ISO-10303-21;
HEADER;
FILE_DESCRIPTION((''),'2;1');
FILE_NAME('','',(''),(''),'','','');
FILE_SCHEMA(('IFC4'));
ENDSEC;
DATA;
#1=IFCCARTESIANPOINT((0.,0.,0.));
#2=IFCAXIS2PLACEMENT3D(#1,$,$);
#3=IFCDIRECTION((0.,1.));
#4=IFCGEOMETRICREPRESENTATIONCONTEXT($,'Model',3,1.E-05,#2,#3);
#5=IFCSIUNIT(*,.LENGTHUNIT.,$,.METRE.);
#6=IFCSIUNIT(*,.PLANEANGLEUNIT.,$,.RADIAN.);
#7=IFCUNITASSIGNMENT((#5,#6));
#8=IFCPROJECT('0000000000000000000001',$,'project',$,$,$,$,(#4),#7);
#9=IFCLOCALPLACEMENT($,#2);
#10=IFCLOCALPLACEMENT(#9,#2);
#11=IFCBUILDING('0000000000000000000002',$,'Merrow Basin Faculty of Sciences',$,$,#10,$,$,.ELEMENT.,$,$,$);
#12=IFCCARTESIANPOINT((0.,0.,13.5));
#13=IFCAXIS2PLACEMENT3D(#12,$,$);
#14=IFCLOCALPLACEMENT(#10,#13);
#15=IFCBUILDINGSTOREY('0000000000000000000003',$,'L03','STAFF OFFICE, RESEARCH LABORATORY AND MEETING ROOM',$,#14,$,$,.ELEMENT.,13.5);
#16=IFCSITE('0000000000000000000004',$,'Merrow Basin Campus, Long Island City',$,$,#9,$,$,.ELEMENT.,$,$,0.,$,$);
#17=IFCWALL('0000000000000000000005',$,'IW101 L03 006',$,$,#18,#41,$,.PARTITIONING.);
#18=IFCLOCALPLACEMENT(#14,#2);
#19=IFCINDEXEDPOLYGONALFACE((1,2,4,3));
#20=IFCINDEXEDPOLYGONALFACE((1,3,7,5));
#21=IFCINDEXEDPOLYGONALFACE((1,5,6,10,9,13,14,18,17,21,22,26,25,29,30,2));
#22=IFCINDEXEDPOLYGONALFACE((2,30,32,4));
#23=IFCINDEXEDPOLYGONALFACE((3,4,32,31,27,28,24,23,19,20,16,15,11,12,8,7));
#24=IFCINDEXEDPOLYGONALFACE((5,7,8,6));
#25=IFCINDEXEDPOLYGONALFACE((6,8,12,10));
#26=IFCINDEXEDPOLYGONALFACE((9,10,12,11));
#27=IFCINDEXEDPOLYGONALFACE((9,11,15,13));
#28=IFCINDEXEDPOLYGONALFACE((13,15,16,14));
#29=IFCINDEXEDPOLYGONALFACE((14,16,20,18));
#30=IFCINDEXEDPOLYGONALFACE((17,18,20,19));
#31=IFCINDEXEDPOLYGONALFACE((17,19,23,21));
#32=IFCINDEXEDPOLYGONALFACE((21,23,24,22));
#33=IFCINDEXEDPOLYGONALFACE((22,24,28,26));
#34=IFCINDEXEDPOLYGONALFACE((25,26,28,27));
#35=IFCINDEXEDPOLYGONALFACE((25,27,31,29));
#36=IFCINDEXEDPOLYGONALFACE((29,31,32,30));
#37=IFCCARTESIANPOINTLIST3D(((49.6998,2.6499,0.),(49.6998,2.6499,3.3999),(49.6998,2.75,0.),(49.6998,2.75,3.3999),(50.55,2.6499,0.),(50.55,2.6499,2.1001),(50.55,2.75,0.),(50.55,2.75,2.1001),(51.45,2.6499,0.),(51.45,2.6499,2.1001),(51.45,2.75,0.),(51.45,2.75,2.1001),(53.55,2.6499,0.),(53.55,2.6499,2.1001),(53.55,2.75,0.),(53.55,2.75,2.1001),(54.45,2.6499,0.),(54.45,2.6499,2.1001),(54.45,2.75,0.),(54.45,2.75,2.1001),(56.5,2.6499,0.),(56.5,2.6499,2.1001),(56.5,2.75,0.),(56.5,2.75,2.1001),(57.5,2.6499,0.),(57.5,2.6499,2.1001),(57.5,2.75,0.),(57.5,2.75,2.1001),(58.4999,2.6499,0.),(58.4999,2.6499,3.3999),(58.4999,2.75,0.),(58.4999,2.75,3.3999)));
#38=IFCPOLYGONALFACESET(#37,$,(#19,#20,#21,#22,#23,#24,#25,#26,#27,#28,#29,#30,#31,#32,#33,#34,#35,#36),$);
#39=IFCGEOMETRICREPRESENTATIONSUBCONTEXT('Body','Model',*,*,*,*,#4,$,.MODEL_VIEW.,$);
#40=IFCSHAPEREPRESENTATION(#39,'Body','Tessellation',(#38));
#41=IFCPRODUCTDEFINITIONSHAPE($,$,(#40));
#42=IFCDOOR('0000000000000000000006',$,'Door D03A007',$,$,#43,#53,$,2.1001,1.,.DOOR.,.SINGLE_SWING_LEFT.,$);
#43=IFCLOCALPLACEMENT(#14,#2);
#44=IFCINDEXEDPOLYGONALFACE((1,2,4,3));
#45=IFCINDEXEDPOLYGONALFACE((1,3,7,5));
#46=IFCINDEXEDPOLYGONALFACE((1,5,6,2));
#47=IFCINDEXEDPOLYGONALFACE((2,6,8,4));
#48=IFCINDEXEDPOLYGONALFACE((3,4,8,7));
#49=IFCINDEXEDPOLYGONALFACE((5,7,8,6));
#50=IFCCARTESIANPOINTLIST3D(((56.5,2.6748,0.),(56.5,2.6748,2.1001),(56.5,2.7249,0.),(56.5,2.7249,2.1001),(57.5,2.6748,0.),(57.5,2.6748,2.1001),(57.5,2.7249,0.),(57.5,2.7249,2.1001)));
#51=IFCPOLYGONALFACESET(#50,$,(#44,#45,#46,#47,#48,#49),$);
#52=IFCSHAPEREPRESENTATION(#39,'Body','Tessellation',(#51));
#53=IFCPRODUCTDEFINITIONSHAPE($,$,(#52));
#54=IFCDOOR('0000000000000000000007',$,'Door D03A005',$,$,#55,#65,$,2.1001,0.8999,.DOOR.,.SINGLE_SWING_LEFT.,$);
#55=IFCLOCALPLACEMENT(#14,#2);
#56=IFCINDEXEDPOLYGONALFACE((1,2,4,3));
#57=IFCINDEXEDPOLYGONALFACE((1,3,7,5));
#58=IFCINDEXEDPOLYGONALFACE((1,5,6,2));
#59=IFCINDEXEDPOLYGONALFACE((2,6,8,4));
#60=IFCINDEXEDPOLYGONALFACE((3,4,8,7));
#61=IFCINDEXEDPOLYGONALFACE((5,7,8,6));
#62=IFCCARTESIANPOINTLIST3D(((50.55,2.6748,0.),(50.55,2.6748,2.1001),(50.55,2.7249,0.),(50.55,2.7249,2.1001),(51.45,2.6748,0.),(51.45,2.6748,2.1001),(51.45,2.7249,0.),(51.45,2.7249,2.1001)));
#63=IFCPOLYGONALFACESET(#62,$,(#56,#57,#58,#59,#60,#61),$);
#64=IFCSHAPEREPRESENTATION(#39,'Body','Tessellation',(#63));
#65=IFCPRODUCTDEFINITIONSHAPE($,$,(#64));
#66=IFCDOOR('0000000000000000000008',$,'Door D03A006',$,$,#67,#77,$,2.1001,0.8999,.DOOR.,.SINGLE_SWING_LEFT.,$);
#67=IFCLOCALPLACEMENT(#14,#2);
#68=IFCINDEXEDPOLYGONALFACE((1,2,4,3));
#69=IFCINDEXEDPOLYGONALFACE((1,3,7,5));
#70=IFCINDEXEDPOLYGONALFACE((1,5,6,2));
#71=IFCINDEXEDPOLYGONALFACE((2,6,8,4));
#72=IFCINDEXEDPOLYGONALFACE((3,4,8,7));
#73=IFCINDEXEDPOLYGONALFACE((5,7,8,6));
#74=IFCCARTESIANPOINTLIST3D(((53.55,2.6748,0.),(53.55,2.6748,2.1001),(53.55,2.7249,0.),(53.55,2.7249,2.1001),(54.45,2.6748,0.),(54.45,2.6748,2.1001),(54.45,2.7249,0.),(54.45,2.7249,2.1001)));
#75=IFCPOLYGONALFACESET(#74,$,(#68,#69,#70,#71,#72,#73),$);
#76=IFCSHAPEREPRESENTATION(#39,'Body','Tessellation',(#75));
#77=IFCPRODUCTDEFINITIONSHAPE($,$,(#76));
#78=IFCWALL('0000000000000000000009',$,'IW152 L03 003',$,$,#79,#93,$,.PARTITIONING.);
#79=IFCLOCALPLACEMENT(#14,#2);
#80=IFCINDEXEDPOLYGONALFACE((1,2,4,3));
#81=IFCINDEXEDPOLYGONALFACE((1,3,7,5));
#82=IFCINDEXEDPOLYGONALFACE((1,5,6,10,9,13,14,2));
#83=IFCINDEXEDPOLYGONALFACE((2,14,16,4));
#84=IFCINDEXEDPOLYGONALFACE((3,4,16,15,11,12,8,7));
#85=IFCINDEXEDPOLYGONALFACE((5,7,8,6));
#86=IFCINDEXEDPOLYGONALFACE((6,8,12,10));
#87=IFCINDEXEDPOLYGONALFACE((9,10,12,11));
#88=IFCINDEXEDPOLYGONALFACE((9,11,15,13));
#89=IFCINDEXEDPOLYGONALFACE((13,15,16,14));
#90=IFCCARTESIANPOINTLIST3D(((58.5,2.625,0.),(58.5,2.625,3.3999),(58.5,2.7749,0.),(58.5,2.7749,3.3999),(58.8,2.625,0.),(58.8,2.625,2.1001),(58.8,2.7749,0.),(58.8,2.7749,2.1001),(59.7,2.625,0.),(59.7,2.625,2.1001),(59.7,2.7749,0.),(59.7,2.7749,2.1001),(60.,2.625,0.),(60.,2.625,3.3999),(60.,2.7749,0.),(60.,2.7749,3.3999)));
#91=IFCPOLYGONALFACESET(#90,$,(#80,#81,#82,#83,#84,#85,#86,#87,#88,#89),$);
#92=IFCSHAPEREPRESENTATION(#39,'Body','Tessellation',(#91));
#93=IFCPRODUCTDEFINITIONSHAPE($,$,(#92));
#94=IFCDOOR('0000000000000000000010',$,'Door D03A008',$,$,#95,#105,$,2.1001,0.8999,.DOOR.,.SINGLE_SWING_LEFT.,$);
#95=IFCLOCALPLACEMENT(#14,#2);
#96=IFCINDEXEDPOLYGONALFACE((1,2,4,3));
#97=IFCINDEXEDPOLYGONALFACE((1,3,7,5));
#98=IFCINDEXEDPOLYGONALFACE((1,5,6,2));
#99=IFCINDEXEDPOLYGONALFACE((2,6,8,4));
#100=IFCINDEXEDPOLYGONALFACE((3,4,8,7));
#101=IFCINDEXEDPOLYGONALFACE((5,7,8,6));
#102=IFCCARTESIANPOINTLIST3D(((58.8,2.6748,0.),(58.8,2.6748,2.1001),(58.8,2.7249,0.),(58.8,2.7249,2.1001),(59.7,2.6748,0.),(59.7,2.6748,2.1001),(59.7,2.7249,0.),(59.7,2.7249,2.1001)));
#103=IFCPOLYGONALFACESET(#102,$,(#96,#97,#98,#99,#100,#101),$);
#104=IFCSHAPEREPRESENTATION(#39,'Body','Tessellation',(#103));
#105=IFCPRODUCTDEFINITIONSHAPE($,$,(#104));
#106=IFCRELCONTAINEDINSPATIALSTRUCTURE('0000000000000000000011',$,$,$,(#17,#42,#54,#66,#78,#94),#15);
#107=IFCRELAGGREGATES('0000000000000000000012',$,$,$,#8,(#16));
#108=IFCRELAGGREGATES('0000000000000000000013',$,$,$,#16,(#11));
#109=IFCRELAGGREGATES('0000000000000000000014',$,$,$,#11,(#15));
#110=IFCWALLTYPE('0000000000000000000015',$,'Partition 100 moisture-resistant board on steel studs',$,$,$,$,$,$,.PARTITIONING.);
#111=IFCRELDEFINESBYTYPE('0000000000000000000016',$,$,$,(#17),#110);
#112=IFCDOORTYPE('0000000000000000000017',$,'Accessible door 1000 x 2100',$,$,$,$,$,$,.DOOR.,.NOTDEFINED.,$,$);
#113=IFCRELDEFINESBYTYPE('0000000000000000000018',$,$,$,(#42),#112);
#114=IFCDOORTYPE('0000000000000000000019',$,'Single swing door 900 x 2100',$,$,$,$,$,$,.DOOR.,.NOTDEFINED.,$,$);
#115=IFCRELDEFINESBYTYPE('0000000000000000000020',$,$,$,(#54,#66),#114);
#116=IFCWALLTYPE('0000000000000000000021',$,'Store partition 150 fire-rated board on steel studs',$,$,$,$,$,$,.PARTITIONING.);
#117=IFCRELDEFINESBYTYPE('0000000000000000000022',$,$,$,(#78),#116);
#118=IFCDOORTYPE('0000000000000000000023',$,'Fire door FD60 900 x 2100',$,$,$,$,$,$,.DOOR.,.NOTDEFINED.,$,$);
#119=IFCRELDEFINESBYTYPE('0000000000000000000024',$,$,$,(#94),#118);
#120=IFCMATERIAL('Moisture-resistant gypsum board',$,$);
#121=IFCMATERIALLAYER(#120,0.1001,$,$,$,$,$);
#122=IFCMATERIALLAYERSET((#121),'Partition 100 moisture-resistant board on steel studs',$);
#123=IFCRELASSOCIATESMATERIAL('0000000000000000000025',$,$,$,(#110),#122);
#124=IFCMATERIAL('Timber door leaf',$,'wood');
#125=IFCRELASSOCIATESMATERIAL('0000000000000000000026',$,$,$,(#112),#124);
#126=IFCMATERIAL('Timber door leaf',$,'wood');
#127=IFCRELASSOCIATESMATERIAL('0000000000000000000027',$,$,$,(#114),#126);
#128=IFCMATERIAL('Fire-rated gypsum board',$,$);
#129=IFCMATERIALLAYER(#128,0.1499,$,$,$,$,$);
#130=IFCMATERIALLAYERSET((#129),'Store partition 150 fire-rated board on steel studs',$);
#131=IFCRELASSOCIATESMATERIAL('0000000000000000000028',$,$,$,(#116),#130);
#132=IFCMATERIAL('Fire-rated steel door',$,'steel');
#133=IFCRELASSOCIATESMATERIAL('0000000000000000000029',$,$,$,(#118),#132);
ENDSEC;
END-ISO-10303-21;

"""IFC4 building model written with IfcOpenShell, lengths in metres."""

from ifc_helpers import new_model, si_unit, direction, frame, frame_2d, origin, place, context, subcontext, project, spatial, rectangle, extrude, material, layer, layer_set, type_object, element, fill, save


model = new_model("IFC4")

# Units and contexts
model_context = context("Model", 3, precision=1e-05, world=origin(), true_north=direction((0.0, 1.0)))
body_context = subcontext(model_context, "Body", "Model", "MODEL_VIEW")
ifc_project = project(units=[si_unit("LENGTHUNIT", "METRE"), si_unit("PLANEANGLEUNIT", "RADIAN")], contexts=[model_context])

# Site, building, storey
site_placement = place(None, origin())
site = spatial("IfcSite", under=ifc_project, at=site_placement, Name="Merrow Basin Campus, Long Island City", CompositionType="ELEMENT", RefElevation=0.0)
building_placement = place(site_placement, origin())
building = spatial("IfcBuilding", under=site, at=building_placement, Name="Merrow Basin Faculty of Sciences", CompositionType="ELEMENT")
storey_placement = place(building_placement, frame((0.0, 0.0, 13.5)))
storey = spatial("IfcBuildingStorey", under=building, at=storey_placement, Name="L03", Description="STAFF OFFICE, RESEARCH LABORATORY AND MEETING ROOM", CompositionType="ELEMENT", Elevation=13.5)

# Wall, openings, doors
ifc_material_1 = material(Name="Moisture-resistant gypsum board")
ifc_layer_1 = layer(ifc_material_1, 0.1001)
ifc_layer_set_1 = layer_set([ifc_layer_1], Name="Partition 100 moisture-resistant board on steel studs")
wall_type_1 = type_object("IfcWallType", Name="Partition 100 moisture-resistant board on steel studs", PredefinedType="PARTITIONING", material=ifc_layer_set_1)
wall_1_placement = place(storey_placement, frame((49.7, 2.7, 0.0), z_axis=(0.0, 0.0, 1.0), x_axis=(1.0, 0.0, 0.0)))
wall_1 = element("IfcWall", 1, at=wall_1_placement, inside=storey, type_object=wall_type_1, Name="IW101 L03 006", PredefinedType="PARTITIONING", context=body_context, shape_type="SweptSolid", body=[
    extrude(rectangle(XDim=8.8, YDim=0.1001, at=frame_2d((4.3999, 0.0))), origin(), (0.0, 0.0, 1.0), 3.3999),
])
opening_1_placement = place(wall_1_placement, frame((0.8501, 0.0, 0.0)))
opening_1 = element("IfcOpeningElement", 2, at=opening_1_placement, cuts=wall_1, PredefinedType="OPENING", context=body_context, shape_type="SweptSolid", body=[
    extrude(rectangle(XDim=0.8999, YDim=2.1001, at=frame_2d((0.45, 1.05))), frame((0.0, 0.0601, 0.0), z_axis=(0.0, -1.0, 0.0), x_axis=(1.0, 0.0, 0.0)), (0.0, 0.0, 1.0), 0.1201),
])
opening_2_placement = place(wall_1_placement, frame((3.8501, 0.0, 0.0)))
opening_2 = element("IfcOpeningElement", 3, at=opening_2_placement, cuts=wall_1, PredefinedType="OPENING", context=body_context, shape_type="SweptSolid", body=[
    extrude(rectangle(XDim=0.8999, YDim=2.1001, at=frame_2d((0.45, 1.05))), frame((0.0, 0.0601, 0.0), z_axis=(0.0, -1.0, 0.0), x_axis=(1.0, 0.0, 0.0)), (0.0, 0.0, 1.0), 0.1201),
])
opening_3_placement = place(wall_1_placement, frame((6.8, 0.0, 0.0)))
opening_3 = element("IfcOpeningElement", 4, at=opening_3_placement, cuts=wall_1, PredefinedType="OPENING", context=body_context, shape_type="SweptSolid", body=[
    extrude(rectangle(XDim=1.0, YDim=2.1001, at=frame_2d((0.5, 1.05))), frame((0.0, 0.0601, 0.0), z_axis=(0.0, -1.0, 0.0), x_axis=(1.0, 0.0, 0.0)), (0.0, 0.0, 1.0), 0.1201),
])
ifc_material_2 = material(Name="Timber door leaf", Category="wood")
door_type_1 = type_object("IfcDoorType", Name="Accessible door 1000 x 2100", OperationType="NOTDEFINED", PredefinedType="DOOR", material=ifc_material_2)
door_1_placement = place(opening_3_placement, origin())
door_1 = element("IfcDoor", 5, at=door_1_placement, inside=storey, type_object=door_type_1, Name="Door D03A007", OperationType="SINGLE_SWING_LEFT", OverallHeight=2.1001, OverallWidth=1.0, PredefinedType="DOOR", context=body_context, shape_type="SweptSolid", body=[
    extrude(rectangle(XDim=1.0, YDim=2.1001, at=frame_2d((0.5, 1.05))), frame((0.0, 0.0249, 0.0), z_axis=(0.0, -1.0, 0.0), x_axis=(1.0, 0.0, 0.0)), (0.0, 0.0, 1.0), 0.05),
])
fill(opening_3, door_1)
ifc_material_3 = material(Name="Timber door leaf", Category="wood")
door_type_2 = type_object("IfcDoorType", Name="Single swing door 900 x 2100", OperationType="NOTDEFINED", PredefinedType="DOOR", material=ifc_material_3)
door_2_placement = place(opening_1_placement, origin())
door_2 = element("IfcDoor", 6, at=door_2_placement, inside=storey, type_object=door_type_2, Name="Door D03A005", OperationType="SINGLE_SWING_LEFT", OverallHeight=2.1001, OverallWidth=0.8999, PredefinedType="DOOR", context=body_context, shape_type="SweptSolid", body=[
    extrude(rectangle(XDim=0.8999, YDim=2.1001, at=frame_2d((0.45, 1.05))), frame((0.0, 0.0249, 0.0), z_axis=(0.0, -1.0, 0.0), x_axis=(1.0, 0.0, 0.0)), (0.0, 0.0, 1.0), 0.05),
])
fill(opening_1, door_2)
door_3_placement = place(opening_2_placement, origin())
door_3 = element("IfcDoor", 7, at=door_3_placement, inside=storey, type_object=door_type_2, Name="Door D03A006", OperationType="SINGLE_SWING_LEFT", OverallHeight=2.1001, OverallWidth=0.8999, PredefinedType="DOOR", context=body_context, shape_type="SweptSolid", body=[
    extrude(rectangle(XDim=0.8999, YDim=2.1001, at=frame_2d((0.45, 1.05))), frame((0.0, 0.0249, 0.0), z_axis=(0.0, -1.0, 0.0), x_axis=(1.0, 0.0, 0.0)), (0.0, 0.0, 1.0), 0.05),
])
fill(opening_2, door_3)

# Wall, opening, door
ifc_material_4 = material(Name="Fire-rated gypsum board")
ifc_layer_2 = layer(ifc_material_4, 0.1499)
ifc_layer_set_2 = layer_set([ifc_layer_2], Name="Store partition 150 fire-rated board on steel studs")
wall_type_2 = type_object("IfcWallType", Name="Store partition 150 fire-rated board on steel studs", PredefinedType="PARTITIONING", material=ifc_layer_set_2)
wall_2_placement = place(storey_placement, frame((58.5, 2.7, 0.0), z_axis=(0.0, 0.0, 1.0), x_axis=(1.0, 0.0, 0.0)))
wall_2 = element("IfcWall", 8, at=wall_2_placement, inside=storey, type_object=wall_type_2, Name="IW152 L03 003", PredefinedType="PARTITIONING", context=body_context, shape_type="SweptSolid", body=[
    extrude(rectangle(XDim=1.5, YDim=0.1499, at=frame_2d((0.75, 0.0))), origin(), (0.0, 0.0, 1.0), 3.3999),
])
opening_4_placement = place(wall_2_placement, frame((0.3, 0.0, 0.0)))
opening_4 = element("IfcOpeningElement", 9, at=opening_4_placement, cuts=wall_2, PredefinedType="OPENING", context=body_context, shape_type="SweptSolid", body=[
    extrude(rectangle(XDim=0.8999, YDim=2.1001, at=frame_2d((0.45, 1.05))), frame((0.0, 0.085, 0.0), z_axis=(0.0, -1.0, 0.0), x_axis=(1.0, 0.0, 0.0)), (0.0, 0.0, 1.0), 0.1699),
])
ifc_material_5 = material(Name="Fire-rated steel door", Category="steel")
door_type_3 = type_object("IfcDoorType", Name="Fire door FD60 900 x 2100", OperationType="NOTDEFINED", PredefinedType="DOOR", material=ifc_material_5)
door_4_placement = place(opening_4_placement, origin())
door_4 = element("IfcDoor", 10, at=door_4_placement, inside=storey, type_object=door_type_3, Name="Door D03A008", OperationType="SINGLE_SWING_LEFT", OverallHeight=2.1001, OverallWidth=0.8999, PredefinedType="DOOR", context=body_context, shape_type="SweptSolid", body=[
    extrude(rectangle(XDim=0.8999, YDim=2.1001, at=frame_2d((0.45, 1.05))), frame((0.0, 0.0249, 0.0), z_axis=(0.0, -1.0, 0.0), x_axis=(1.0, 0.0, 0.0)), (0.0, 0.0, 1.0), 0.05),
])
fill(opening_4, door_4)

save(model, "model.ifc")
